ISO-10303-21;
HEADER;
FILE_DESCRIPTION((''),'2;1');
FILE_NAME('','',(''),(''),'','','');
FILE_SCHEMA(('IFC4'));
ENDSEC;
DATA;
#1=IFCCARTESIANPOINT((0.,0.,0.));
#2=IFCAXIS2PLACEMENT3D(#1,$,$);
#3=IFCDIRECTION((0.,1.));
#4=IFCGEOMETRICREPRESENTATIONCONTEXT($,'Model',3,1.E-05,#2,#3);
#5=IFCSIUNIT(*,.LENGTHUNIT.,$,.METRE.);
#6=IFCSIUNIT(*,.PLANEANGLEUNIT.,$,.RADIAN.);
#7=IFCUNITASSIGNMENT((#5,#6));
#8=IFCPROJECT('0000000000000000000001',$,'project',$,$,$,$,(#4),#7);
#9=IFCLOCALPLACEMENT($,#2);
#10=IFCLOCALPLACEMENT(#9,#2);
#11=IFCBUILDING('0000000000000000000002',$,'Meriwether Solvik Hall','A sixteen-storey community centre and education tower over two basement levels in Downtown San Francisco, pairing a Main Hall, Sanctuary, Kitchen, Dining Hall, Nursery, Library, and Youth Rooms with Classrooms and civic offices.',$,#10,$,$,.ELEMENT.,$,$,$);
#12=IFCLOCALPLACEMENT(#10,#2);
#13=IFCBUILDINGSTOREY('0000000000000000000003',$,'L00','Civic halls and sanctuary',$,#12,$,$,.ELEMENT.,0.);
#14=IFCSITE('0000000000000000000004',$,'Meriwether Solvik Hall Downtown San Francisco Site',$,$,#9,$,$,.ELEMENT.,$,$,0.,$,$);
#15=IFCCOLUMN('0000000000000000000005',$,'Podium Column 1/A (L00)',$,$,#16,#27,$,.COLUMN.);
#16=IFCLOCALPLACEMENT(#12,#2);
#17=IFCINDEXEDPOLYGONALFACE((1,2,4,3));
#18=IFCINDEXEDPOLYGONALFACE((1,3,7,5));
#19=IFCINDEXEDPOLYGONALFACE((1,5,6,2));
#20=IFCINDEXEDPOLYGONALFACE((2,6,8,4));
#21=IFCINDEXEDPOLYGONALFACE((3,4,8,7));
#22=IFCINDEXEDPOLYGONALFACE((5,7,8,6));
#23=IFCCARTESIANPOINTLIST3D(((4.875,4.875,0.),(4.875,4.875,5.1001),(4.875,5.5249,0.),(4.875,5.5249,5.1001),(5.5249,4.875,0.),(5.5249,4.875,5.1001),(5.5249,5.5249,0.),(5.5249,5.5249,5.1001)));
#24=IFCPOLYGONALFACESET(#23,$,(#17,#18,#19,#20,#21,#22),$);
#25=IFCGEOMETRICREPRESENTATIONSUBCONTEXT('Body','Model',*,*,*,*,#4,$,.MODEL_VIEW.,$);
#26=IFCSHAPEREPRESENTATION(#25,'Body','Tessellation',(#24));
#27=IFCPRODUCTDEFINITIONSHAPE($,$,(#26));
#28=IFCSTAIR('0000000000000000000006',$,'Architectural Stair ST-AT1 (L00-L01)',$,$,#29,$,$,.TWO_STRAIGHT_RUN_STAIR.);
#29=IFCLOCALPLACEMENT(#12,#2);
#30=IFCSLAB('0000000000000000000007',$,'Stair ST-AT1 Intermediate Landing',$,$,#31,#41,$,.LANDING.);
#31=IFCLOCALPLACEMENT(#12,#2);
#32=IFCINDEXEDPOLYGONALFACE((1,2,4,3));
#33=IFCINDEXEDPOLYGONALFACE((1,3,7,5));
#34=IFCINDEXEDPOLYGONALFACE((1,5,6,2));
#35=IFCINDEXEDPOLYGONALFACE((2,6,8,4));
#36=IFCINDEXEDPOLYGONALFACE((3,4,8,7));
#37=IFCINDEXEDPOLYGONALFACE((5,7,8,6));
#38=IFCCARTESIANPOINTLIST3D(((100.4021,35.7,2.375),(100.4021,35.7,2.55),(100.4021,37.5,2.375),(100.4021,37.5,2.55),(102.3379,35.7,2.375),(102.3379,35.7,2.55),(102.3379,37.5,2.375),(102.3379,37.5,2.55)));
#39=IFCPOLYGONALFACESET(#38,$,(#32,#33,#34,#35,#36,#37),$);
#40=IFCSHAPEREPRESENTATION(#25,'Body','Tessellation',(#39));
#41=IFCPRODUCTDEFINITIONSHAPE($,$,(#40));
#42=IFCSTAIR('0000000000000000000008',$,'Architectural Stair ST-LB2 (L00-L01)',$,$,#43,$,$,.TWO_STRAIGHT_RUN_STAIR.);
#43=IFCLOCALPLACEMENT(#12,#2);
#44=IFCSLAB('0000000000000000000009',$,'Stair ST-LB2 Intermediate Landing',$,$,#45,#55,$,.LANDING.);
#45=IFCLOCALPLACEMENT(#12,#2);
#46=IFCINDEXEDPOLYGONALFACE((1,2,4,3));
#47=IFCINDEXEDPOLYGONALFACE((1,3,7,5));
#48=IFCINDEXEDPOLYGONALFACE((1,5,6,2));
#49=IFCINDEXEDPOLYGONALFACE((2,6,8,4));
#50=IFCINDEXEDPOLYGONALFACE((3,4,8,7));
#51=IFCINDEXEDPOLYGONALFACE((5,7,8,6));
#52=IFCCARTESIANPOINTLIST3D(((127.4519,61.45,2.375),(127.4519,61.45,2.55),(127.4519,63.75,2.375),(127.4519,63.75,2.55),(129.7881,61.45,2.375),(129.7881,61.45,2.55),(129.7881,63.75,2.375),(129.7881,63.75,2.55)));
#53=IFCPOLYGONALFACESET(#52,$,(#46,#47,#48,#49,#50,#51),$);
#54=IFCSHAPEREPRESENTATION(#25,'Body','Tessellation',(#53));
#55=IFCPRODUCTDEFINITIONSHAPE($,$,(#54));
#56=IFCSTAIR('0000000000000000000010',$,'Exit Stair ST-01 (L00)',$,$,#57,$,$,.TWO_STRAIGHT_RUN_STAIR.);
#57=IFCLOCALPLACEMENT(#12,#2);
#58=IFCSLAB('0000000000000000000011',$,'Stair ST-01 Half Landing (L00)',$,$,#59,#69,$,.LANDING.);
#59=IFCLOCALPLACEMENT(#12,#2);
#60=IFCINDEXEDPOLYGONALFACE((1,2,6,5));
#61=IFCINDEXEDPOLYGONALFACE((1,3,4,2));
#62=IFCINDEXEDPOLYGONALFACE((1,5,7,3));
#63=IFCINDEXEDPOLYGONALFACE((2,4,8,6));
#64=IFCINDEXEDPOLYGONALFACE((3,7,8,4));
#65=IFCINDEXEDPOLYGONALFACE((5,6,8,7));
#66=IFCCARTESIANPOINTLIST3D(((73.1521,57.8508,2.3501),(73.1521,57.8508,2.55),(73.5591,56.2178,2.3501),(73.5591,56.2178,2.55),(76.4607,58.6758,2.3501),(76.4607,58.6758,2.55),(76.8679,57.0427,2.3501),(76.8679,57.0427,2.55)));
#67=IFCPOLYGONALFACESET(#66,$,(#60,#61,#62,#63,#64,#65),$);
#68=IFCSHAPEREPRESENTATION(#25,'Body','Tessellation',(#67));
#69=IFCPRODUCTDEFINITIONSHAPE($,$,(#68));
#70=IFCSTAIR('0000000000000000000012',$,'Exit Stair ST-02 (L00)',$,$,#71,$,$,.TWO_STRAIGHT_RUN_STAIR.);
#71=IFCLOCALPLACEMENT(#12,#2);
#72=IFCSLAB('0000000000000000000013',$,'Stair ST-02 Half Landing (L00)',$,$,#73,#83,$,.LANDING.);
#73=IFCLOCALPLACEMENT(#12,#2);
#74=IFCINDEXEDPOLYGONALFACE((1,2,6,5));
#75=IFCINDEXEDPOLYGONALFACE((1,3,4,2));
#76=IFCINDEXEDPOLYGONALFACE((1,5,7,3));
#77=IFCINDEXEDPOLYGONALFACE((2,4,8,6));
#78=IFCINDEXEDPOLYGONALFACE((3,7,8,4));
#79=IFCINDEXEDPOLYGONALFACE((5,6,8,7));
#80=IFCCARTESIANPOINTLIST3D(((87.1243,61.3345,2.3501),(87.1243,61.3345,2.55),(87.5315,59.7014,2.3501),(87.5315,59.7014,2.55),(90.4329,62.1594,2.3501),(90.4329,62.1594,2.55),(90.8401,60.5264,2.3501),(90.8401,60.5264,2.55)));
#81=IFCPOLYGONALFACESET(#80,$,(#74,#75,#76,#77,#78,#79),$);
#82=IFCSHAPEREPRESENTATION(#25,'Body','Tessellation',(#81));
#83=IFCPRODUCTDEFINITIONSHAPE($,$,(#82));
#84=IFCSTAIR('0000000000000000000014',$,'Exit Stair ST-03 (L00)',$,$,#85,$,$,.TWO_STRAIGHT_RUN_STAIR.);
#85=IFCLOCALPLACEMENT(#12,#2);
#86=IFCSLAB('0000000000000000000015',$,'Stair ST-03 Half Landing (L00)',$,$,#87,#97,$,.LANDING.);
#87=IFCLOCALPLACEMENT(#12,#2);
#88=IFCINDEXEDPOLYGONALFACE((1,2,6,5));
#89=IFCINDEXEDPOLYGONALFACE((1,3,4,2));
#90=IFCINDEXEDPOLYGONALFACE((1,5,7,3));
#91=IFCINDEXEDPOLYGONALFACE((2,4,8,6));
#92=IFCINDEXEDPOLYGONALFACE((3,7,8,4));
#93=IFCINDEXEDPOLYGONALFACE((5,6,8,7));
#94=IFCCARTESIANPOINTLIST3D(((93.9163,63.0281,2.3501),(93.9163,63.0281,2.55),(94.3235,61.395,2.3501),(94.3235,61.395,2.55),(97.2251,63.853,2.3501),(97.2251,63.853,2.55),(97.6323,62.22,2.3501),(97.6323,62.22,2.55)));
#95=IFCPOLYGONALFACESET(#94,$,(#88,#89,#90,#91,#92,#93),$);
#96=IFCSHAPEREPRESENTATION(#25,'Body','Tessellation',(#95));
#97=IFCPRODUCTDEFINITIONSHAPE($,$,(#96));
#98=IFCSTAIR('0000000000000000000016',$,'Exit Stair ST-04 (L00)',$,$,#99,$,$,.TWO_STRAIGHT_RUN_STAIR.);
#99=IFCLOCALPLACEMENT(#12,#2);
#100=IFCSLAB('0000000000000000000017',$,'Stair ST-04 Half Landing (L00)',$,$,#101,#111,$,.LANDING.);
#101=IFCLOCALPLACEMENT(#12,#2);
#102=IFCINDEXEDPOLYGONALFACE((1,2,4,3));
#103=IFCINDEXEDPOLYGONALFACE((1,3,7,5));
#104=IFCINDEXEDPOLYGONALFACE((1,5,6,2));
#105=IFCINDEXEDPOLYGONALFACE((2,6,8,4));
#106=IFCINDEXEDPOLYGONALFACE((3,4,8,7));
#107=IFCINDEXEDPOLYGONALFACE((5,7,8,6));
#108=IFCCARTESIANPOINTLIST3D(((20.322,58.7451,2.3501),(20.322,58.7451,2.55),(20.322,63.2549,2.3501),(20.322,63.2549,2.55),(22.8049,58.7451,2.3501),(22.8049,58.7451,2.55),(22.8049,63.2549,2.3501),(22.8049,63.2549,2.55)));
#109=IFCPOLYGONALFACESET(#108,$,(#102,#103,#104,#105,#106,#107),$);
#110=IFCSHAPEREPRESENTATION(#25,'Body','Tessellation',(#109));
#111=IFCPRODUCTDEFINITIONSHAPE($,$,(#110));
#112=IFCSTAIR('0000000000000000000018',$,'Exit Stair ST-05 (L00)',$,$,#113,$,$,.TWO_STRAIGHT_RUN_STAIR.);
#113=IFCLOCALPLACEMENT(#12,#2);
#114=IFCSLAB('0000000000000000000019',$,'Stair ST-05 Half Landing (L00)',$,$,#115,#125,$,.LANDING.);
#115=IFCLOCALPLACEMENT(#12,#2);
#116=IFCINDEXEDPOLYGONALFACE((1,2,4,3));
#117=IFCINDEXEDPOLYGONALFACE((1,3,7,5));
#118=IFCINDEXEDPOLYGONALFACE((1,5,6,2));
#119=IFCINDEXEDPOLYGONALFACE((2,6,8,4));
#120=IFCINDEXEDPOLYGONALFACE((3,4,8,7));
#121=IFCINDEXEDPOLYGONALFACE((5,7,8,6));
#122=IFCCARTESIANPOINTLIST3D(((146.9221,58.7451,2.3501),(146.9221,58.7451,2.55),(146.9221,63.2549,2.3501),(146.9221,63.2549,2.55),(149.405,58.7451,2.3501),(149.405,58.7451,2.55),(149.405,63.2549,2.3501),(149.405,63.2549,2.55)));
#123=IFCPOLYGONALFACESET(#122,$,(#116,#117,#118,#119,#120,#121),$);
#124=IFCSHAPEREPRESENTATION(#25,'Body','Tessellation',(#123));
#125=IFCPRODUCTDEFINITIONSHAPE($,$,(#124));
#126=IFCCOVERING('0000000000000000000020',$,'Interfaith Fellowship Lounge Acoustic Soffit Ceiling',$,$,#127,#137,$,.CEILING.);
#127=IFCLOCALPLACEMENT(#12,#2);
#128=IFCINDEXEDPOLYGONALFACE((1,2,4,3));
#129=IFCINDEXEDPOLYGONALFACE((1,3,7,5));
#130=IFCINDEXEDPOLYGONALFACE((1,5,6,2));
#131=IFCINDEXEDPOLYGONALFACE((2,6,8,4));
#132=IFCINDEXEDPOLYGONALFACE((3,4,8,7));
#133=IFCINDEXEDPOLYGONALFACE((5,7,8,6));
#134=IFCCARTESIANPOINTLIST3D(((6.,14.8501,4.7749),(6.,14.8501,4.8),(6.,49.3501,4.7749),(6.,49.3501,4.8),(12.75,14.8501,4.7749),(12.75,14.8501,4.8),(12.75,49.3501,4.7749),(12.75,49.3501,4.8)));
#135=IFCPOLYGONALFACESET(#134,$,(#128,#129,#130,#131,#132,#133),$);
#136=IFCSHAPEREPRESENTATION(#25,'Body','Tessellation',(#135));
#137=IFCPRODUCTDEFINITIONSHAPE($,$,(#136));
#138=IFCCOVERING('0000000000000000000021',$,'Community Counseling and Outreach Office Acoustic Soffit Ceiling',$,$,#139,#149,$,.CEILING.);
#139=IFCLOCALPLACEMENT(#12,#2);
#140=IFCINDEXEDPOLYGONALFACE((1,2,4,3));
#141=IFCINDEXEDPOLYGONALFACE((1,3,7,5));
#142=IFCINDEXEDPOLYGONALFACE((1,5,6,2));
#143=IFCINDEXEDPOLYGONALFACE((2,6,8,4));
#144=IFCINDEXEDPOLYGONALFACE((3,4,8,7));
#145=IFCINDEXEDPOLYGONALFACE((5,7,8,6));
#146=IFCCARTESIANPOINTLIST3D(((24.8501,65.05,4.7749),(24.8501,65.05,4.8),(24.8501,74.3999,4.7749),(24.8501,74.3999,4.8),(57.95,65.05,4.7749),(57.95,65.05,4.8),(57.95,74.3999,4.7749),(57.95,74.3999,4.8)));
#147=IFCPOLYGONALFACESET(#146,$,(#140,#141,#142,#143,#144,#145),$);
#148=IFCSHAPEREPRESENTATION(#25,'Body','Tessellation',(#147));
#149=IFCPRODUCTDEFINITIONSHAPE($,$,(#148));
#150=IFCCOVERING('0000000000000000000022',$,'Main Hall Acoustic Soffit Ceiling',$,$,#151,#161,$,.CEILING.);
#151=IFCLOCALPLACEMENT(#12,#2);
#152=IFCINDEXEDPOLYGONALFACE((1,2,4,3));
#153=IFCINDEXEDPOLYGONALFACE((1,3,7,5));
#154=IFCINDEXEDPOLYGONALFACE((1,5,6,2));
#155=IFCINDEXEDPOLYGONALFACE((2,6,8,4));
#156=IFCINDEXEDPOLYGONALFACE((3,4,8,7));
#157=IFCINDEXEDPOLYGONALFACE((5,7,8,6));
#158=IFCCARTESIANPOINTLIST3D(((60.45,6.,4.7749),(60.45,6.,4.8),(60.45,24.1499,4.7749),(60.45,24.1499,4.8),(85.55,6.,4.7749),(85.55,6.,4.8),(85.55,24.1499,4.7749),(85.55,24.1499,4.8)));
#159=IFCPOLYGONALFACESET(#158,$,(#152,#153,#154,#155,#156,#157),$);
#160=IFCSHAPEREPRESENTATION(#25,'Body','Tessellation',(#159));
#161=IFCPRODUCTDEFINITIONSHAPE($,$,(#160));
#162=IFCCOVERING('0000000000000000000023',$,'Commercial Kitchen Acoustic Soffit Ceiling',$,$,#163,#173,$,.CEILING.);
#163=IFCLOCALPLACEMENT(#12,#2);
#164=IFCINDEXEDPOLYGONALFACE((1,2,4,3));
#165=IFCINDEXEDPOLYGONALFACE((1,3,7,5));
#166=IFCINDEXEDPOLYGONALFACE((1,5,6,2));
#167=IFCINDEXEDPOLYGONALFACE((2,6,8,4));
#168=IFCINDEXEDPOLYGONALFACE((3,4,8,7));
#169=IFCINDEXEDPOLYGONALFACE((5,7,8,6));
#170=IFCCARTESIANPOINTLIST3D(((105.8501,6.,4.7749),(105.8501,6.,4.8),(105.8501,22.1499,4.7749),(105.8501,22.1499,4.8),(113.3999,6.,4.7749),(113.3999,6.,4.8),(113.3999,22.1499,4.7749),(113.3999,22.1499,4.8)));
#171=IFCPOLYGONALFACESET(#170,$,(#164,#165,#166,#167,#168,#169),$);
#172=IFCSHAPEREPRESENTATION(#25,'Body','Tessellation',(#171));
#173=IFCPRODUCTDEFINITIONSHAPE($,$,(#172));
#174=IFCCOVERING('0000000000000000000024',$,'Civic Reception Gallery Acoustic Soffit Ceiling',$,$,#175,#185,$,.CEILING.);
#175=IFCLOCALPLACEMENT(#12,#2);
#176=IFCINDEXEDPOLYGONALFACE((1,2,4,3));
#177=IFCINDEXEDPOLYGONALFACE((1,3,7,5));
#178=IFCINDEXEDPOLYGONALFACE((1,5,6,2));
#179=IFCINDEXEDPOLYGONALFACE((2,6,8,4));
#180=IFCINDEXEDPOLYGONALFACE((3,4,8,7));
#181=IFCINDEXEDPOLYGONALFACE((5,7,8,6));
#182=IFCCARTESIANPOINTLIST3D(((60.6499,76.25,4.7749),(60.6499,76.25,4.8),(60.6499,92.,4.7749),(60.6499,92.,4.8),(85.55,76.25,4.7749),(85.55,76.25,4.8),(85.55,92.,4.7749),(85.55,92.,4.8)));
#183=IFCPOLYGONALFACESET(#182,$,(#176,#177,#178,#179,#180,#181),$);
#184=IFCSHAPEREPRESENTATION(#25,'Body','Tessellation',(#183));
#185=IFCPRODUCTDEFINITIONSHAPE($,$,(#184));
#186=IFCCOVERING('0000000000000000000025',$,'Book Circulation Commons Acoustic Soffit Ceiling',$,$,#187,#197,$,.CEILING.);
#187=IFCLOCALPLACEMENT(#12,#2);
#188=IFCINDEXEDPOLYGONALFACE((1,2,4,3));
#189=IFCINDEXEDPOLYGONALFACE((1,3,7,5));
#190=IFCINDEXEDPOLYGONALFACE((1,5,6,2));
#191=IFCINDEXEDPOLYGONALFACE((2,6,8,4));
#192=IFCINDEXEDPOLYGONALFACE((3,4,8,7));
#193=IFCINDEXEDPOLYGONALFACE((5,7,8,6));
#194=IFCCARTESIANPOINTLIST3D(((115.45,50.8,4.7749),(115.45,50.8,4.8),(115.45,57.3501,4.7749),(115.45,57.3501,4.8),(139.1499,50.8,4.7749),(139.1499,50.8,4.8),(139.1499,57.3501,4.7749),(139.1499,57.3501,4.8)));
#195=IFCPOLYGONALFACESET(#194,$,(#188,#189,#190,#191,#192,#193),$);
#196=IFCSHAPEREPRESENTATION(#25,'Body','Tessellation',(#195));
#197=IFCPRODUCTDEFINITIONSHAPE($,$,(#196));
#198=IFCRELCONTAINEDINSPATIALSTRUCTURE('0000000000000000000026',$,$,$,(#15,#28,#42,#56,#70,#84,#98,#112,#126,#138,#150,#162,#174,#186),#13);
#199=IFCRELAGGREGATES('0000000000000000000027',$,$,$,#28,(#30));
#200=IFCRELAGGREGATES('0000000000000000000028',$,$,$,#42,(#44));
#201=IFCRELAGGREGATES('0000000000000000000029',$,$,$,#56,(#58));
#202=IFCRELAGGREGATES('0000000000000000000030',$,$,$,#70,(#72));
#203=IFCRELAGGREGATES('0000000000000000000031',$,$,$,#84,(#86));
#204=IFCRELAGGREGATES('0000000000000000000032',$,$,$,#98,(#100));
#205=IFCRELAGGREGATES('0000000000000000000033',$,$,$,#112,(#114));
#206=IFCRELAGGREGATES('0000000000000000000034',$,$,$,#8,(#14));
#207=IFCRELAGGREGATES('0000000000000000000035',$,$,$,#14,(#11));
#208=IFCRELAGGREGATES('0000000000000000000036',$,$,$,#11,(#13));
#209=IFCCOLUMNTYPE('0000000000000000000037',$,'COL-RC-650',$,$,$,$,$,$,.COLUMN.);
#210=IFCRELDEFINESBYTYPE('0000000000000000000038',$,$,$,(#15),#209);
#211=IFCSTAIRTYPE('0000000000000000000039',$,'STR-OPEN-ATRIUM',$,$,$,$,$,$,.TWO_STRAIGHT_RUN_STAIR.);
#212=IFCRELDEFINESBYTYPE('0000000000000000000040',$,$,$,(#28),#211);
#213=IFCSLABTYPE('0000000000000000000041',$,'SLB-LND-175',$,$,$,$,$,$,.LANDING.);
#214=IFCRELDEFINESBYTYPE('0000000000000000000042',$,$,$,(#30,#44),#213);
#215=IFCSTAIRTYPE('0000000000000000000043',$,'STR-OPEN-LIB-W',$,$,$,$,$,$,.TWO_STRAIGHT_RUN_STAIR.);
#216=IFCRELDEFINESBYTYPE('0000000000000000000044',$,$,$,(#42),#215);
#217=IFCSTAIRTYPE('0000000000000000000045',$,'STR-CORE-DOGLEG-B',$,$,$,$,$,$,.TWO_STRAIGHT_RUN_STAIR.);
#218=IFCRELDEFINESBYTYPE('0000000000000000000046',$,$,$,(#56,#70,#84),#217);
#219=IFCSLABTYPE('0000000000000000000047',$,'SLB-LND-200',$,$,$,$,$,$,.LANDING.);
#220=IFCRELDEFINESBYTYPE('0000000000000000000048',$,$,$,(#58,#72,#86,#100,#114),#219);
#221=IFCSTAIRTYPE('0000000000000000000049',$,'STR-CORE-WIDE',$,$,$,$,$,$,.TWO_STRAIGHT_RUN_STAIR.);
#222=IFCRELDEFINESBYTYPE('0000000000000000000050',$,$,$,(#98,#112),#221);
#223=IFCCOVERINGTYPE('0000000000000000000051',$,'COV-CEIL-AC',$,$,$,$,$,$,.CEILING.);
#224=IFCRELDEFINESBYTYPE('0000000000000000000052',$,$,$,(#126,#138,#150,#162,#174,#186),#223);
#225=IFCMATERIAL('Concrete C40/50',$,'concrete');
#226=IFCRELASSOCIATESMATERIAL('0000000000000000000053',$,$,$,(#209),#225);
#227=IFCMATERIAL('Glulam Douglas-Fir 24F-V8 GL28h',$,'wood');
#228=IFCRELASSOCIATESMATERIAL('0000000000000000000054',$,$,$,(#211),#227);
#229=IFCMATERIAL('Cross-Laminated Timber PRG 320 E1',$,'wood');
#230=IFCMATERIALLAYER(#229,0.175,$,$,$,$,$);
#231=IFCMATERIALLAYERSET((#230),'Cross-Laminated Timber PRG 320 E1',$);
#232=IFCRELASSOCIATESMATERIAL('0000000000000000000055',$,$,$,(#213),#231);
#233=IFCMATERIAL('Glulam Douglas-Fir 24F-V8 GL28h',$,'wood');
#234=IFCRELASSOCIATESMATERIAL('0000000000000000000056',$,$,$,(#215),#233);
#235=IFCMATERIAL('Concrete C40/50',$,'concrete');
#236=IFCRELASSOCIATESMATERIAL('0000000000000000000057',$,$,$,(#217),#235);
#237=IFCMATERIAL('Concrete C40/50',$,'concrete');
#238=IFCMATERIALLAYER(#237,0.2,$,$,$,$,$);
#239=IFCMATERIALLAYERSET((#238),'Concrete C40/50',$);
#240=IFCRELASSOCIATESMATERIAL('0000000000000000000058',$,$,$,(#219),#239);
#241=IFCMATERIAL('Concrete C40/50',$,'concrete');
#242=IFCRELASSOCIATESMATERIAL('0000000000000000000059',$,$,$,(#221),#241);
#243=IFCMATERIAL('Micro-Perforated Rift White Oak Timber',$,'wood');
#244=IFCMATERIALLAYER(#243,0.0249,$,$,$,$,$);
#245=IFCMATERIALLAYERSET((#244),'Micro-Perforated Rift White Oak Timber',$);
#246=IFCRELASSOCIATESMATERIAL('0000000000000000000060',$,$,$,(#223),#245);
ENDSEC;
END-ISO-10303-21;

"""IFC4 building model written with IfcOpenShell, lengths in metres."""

from ifc_helpers import new_model, si_unit, direction, frame, origin, origin_2d, place, context, subcontext, project, spatial, polyline, rectangle, outline, extrude, material, layer, layer_set, material_profile, profile_set, type_object, element, aggregate, save


model = new_model("IFC4")

# Units and contexts
model_context = context("Model", 3, precision=1e-05, world=origin(), true_north=direction((0.0, 1.0)))
body_context = subcontext(model_context, "Body", "Model", "MODEL_VIEW")
ifc_project = project(units=[si_unit("LENGTHUNIT", "METRE"), si_unit("PLANEANGLEUNIT", "RADIAN")], contexts=[model_context])

# Site, building, storey
site_placement = place(None, origin())
site = spatial("IfcSite", under=ifc_project, at=site_placement, Name="Meriwether Solvik Hall Downtown San Francisco Site", CompositionType="ELEMENT", RefElevation=0.0)
building_placement = place(site_placement, origin())
building = spatial("IfcBuilding", under=site, at=building_placement, Name="Meriwether Solvik Hall", Description="A sixteen-storey community centre and education tower over two basement levels in Downtown San Francisco, pairing a Main Hall, Sanctuary, Kitchen, Dining Hall, Nursery, Library, and Youth Rooms with Classrooms and civic offices.", CompositionType="ELEMENT")
storey_placement = place(building_placement, origin())
storey = spatial("IfcBuildingStorey", under=building, at=storey_placement, Name="L00", Description="Civic halls and sanctuary", CompositionType="ELEMENT", Elevation=0.0)

# Column
ifc_material_1 = material(Name="Concrete C40/50", Category="concrete")
ifc_material_profile = material_profile(ifc_material_1, rectangle(XDim=0.6499, YDim=0.6499, at=origin_2d()), Name="RCC-650X650")
ifc_profile_set = profile_set([ifc_material_profile], Name="Concrete C40/50")
column_type = type_object("IfcColumnType", Name="COL-RC-650", PredefinedType="COLUMN", material=ifc_profile_set)
column_placement = place(storey_placement, frame((5.2, 5.2, 0.0), z_axis=(0.0, 0.0, 1.0), x_axis=(1.0, 0.0, 0.0)))
element("IfcColumn", 1, at=column_placement, inside=storey, type_object=column_type, Name="Podium Column 1/A (L00)", PredefinedType="COLUMN", context=body_context, shape_type="SweptSolid", body=[
    extrude(rectangle(XDim=0.6499, YDim=0.6499, at=origin_2d()), origin(), (0.0, 0.0, 1.0), 5.1001),
])

# Stairs, slabs
ifc_material_2 = material(Name="Glulam Douglas-Fir 24F-V8 GL28h", Category="wood")
stair_type_1 = type_object("IfcStairType", Name="STR-OPEN-ATRIUM", PredefinedType="TWO_STRAIGHT_RUN_STAIR", material=ifc_material_2)
stair_1_placement = place(storey_placement, origin())
stair_1 = element("IfcStair", 2, at=stair_1_placement, inside=storey, type_object=stair_type_1, Name="Architectural Stair ST-AT1 (L00-L01)", PredefinedType="TWO_STRAIGHT_RUN_STAIR")
ifc_material_3 = material(Name="Cross-Laminated Timber PRG 320 E1", Category="wood")
ifc_layer_1 = layer(ifc_material_3, 0.175)
ifc_layer_set_1 = layer_set([ifc_layer_1], Name="Cross-Laminated Timber PRG 320 E1")
slab_type_1 = type_object("IfcSlabType", Name="SLB-LND-175", PredefinedType="LANDING", material=ifc_layer_set_1)
slab_1_placement = place(storey_placement, frame((0.0, 0.0, 2.375)))
slab_1 = element("IfcSlab", 3, at=slab_1_placement, type_object=slab_type_1, Name="Stair ST-AT1 Intermediate Landing", PredefinedType="LANDING", context=body_context, shape_type="SweptSolid", body=[
    extrude(outline(polyline([(100.4021, 35.7), (102.3379, 35.7), (102.3379, 37.5), (100.4021, 37.5), (100.4021, 35.7)])), origin(), (0.0, 0.0, 1.0), 0.175),
])
aggregate(stair_1, [slab_1])
ifc_material_4 = material(Name="Glulam Douglas-Fir 24F-V8 GL28h", Category="wood")
stair_type_2 = type_object("IfcStairType", Name="STR-OPEN-LIB-W", PredefinedType="TWO_STRAIGHT_RUN_STAIR", material=ifc_material_4)
stair_2_placement = place(storey_placement, origin())
stair_2 = element("IfcStair", 4, at=stair_2_placement, inside=storey, type_object=stair_type_2, Name="Architectural Stair ST-LB2 (L00-L01)", PredefinedType="TWO_STRAIGHT_RUN_STAIR")
slab_2_placement = place(storey_placement, frame((0.0, 0.0, 2.375)))
slab_2 = element("IfcSlab", 5, at=slab_2_placement, type_object=slab_type_1, Name="Stair ST-LB2 Intermediate Landing", PredefinedType="LANDING", context=body_context, shape_type="SweptSolid", body=[
    extrude(outline(polyline([(127.4519, 61.45), (129.7881, 61.45), (129.7881, 63.75), (127.4519, 63.75), (127.4519, 61.45)])), origin(), (0.0, 0.0, 1.0), 0.175),
])
aggregate(stair_2, [slab_2])
ifc_material_5 = material(Name="Concrete C40/50", Category="concrete")
stair_type_3 = type_object("IfcStairType", Name="STR-CORE-DOGLEG-B", PredefinedType="TWO_STRAIGHT_RUN_STAIR", material=ifc_material_5)
stair_3_placement = place(storey_placement, origin())
stair_3 = element("IfcStair", 6, at=stair_3_placement, inside=storey, type_object=stair_type_3, Name="Exit Stair ST-01 (L00)", PredefinedType="TWO_STRAIGHT_RUN_STAIR")
ifc_material_6 = material(Name="Concrete C40/50", Category="concrete")
ifc_layer_2 = layer(ifc_material_6, 0.2)
ifc_layer_set_2 = layer_set([ifc_layer_2], Name="Concrete C40/50")
slab_type_2 = type_object("IfcSlabType", Name="SLB-LND-200", PredefinedType="LANDING", material=ifc_layer_set_2)
slab_3_placement = place(storey_placement, frame((0.0, 0.0, 2.3501)))
slab_3 = element("IfcSlab", 7, at=slab_3_placement, type_object=slab_type_2, Name="Stair ST-01 Half Landing (L00)", PredefinedType="LANDING", context=body_context, shape_type="SweptSolid", body=[
    extrude(outline(polyline([(73.5591, 56.2178), (76.8679, 57.0427), (76.4607, 58.6758), (73.1521, 57.8508), (73.5591, 56.2178)])), origin(), (0.0, 0.0, 1.0), 0.2),
])
aggregate(stair_3, [slab_3])
stair_4_placement = place(storey_placement, origin())
stair_4 = element("IfcStair", 8, at=stair_4_placement, inside=storey, type_object=stair_type_3, Name="Exit Stair ST-02 (L00)", PredefinedType="TWO_STRAIGHT_RUN_STAIR")
slab_4_placement = place(storey_placement, frame((0.0, 0.0, 2.3501)))
slab_4 = element("IfcSlab", 9, at=slab_4_placement, type_object=slab_type_2, Name="Stair ST-02 Half Landing (L00)", PredefinedType="LANDING", context=body_context, shape_type="SweptSolid", body=[
    extrude(outline(polyline([(87.5315, 59.7014), (90.8401, 60.5264), (90.4329, 62.1594), (87.1243, 61.3345), (87.5315, 59.7014)])), origin(), (0.0, 0.0, 1.0), 0.2),
])
aggregate(stair_4, [slab_4])
stair_5_placement = place(storey_placement, origin())
stair_5 = element("IfcStair", 10, at=stair_5_placement, inside=storey, type_object=stair_type_3, Name="Exit Stair ST-03 (L00)", PredefinedType="TWO_STRAIGHT_RUN_STAIR")
slab_5_placement = place(storey_placement, frame((0.0, 0.0, 2.3501)))
slab_5 = element("IfcSlab", 11, at=slab_5_placement, type_object=slab_type_2, Name="Stair ST-03 Half Landing (L00)", PredefinedType="LANDING", context=body_context, shape_type="SweptSolid", body=[
    extrude(outline(polyline([(94.3235, 61.395), (97.6323, 62.22), (97.2251, 63.853), (93.9163, 63.0281), (94.3235, 61.395)])), origin(), (0.0, 0.0, 1.0), 0.2),
])
aggregate(stair_5, [slab_5])
ifc_material_7 = material(Name="Concrete C40/50", Category="concrete")
stair_type_4 = type_object("IfcStairType", Name="STR-CORE-WIDE", PredefinedType="TWO_STRAIGHT_RUN_STAIR", material=ifc_material_7)
stair_6_placement = place(storey_placement, origin())
stair_6 = element("IfcStair", 12, at=stair_6_placement, inside=storey, type_object=stair_type_4, Name="Exit Stair ST-04 (L00)", PredefinedType="TWO_STRAIGHT_RUN_STAIR")
slab_6_placement = place(storey_placement, frame((0.0, 0.0, 2.3501)))
slab_6 = element("IfcSlab", 13, at=slab_6_placement, type_object=slab_type_2, Name="Stair ST-04 Half Landing (L00)", PredefinedType="LANDING", context=body_context, shape_type="SweptSolid", body=[
    extrude(outline(polyline([(20.322, 58.7451), (22.8049, 58.7451), (22.8049, 63.2549), (20.322, 63.2549), (20.322, 58.7451)])), origin(), (0.0, 0.0, 1.0), 0.2),
])
aggregate(stair_6, [slab_6])
stair_7_placement = place(storey_placement, origin())
stair_7 = element("IfcStair", 14, at=stair_7_placement, inside=storey, type_object=stair_type_4, Name="Exit Stair ST-05 (L00)", PredefinedType="TWO_STRAIGHT_RUN_STAIR")
slab_7_placement = place(storey_placement, frame((0.0, 0.0, 2.3501)))
slab_7 = element("IfcSlab", 15, at=slab_7_placement, type_object=slab_type_2, Name="Stair ST-05 Half Landing (L00)", PredefinedType="LANDING", context=body_context, shape_type="SweptSolid", body=[
    extrude(outline(polyline([(146.9221, 58.7451), (149.405, 58.7451), (149.405, 63.2549), (146.9221, 63.2549), (146.9221, 58.7451)])), origin(), (0.0, 0.0, 1.0), 0.2),
])
aggregate(stair_7, [slab_7])

# Coverings
ifc_material_8 = material(Name="Micro-Perforated Rift White Oak Timber", Category="wood")
ifc_layer_3 = layer(ifc_material_8, 0.0249)
ifc_layer_set_3 = layer_set([ifc_layer_3], Name="Micro-Perforated Rift White Oak Timber")
covering_type_1 = type_object("IfcCoveringType", Name="COV-CEIL-AC", PredefinedType="CEILING", material=ifc_layer_set_3)
covering_1_placement = place(storey_placement, frame((0.0, 0.0, 4.7749)))
element("IfcCovering", 16, at=covering_1_placement, inside=storey, type_object=covering_type_1, Name="Interfaith Fellowship Lounge Acoustic Soffit Ceiling", PredefinedType="CEILING", context=body_context, shape_type="SweptSolid", body=[
    extrude(outline(polyline([(12.75, 14.8501), (6.0, 14.8501), (6.0, 49.3501), (12.75, 49.3501), (12.75, 14.8501)])), origin(), (0.0, 0.0, 1.0), 0.0251),
])
covering_2_placement = place(storey_placement, frame((0.0, 0.0, 4.7749)))
element("IfcCovering", 17, at=covering_2_placement, inside=storey, type_object=covering_type_1, Name="Community Counseling and Outreach Office Acoustic Soffit Ceiling", PredefinedType="CEILING", context=body_context, shape_type="SweptSolid", body=[
    extrude(outline(polyline([(24.8501, 65.05), (24.8501, 74.3999), (57.95, 74.3999), (57.95, 65.05), (24.8501, 65.05)])), origin(), (0.0, 0.0, 1.0), 0.0251),
])
covering_3_placement = place(storey_placement, frame((0.0, 0.0, 4.7749)))
element("IfcCovering", 18, at=covering_3_placement, inside=storey, type_object=covering_type_1, Name="Main Hall Acoustic Soffit Ceiling", PredefinedType="CEILING", context=body_context, shape_type="SweptSolid", body=[
    extrude(outline(polyline([(85.55, 24.1499), (85.55, 6.0), (60.45, 6.0), (60.45, 24.1499), (85.55, 24.1499)])), origin(), (0.0, 0.0, 1.0), 0.0251),
])
covering_4_placement = place(storey_placement, frame((0.0, 0.0, 4.7749)))
element("IfcCovering", 19, at=covering_4_placement, inside=storey, type_object=covering_type_1, Name="Commercial Kitchen Acoustic Soffit Ceiling", PredefinedType="CEILING", context=body_context, shape_type="SweptSolid", body=[
    extrude(outline(polyline([(105.8501, 6.0), (105.8501, 22.1499), (113.3999, 22.1499), (113.3999, 6.0), (105.8501, 6.0)])), origin(), (0.0, 0.0, 1.0), 0.0251),
])
covering_5_placement = place(storey_placement, frame((0.0, 0.0, 4.7749)))
element("IfcCovering", 20, at=covering_5_placement, inside=storey, type_object=covering_type_1, Name="Civic Reception Gallery Acoustic Soffit Ceiling", PredefinedType="CEILING", context=body_context, shape_type="SweptSolid", body=[
    extrude(outline(polyline([(60.6499, 76.25), (60.6499, 92.0), (85.55, 92.0), (85.55, 76.25), (60.6499, 76.25)])), origin(), (0.0, 0.0, 1.0), 0.0251),
])
covering_6_placement = place(storey_placement, frame((0.0, 0.0, 4.7749)))
element("IfcCovering", 21, at=covering_6_placement, inside=storey, type_object=covering_type_1, Name="Book Circulation Commons Acoustic Soffit Ceiling", PredefinedType="CEILING", context=body_context, shape_type="SweptSolid", body=[
    extrude(outline(polyline([(115.45, 57.3501), (139.1499, 57.3501), (139.1499, 50.8), (115.45, 50.8), (115.45, 57.3501)])), origin(), (0.0, 0.0, 1.0), 0.0251),
])

save(model, "model.ifc")
